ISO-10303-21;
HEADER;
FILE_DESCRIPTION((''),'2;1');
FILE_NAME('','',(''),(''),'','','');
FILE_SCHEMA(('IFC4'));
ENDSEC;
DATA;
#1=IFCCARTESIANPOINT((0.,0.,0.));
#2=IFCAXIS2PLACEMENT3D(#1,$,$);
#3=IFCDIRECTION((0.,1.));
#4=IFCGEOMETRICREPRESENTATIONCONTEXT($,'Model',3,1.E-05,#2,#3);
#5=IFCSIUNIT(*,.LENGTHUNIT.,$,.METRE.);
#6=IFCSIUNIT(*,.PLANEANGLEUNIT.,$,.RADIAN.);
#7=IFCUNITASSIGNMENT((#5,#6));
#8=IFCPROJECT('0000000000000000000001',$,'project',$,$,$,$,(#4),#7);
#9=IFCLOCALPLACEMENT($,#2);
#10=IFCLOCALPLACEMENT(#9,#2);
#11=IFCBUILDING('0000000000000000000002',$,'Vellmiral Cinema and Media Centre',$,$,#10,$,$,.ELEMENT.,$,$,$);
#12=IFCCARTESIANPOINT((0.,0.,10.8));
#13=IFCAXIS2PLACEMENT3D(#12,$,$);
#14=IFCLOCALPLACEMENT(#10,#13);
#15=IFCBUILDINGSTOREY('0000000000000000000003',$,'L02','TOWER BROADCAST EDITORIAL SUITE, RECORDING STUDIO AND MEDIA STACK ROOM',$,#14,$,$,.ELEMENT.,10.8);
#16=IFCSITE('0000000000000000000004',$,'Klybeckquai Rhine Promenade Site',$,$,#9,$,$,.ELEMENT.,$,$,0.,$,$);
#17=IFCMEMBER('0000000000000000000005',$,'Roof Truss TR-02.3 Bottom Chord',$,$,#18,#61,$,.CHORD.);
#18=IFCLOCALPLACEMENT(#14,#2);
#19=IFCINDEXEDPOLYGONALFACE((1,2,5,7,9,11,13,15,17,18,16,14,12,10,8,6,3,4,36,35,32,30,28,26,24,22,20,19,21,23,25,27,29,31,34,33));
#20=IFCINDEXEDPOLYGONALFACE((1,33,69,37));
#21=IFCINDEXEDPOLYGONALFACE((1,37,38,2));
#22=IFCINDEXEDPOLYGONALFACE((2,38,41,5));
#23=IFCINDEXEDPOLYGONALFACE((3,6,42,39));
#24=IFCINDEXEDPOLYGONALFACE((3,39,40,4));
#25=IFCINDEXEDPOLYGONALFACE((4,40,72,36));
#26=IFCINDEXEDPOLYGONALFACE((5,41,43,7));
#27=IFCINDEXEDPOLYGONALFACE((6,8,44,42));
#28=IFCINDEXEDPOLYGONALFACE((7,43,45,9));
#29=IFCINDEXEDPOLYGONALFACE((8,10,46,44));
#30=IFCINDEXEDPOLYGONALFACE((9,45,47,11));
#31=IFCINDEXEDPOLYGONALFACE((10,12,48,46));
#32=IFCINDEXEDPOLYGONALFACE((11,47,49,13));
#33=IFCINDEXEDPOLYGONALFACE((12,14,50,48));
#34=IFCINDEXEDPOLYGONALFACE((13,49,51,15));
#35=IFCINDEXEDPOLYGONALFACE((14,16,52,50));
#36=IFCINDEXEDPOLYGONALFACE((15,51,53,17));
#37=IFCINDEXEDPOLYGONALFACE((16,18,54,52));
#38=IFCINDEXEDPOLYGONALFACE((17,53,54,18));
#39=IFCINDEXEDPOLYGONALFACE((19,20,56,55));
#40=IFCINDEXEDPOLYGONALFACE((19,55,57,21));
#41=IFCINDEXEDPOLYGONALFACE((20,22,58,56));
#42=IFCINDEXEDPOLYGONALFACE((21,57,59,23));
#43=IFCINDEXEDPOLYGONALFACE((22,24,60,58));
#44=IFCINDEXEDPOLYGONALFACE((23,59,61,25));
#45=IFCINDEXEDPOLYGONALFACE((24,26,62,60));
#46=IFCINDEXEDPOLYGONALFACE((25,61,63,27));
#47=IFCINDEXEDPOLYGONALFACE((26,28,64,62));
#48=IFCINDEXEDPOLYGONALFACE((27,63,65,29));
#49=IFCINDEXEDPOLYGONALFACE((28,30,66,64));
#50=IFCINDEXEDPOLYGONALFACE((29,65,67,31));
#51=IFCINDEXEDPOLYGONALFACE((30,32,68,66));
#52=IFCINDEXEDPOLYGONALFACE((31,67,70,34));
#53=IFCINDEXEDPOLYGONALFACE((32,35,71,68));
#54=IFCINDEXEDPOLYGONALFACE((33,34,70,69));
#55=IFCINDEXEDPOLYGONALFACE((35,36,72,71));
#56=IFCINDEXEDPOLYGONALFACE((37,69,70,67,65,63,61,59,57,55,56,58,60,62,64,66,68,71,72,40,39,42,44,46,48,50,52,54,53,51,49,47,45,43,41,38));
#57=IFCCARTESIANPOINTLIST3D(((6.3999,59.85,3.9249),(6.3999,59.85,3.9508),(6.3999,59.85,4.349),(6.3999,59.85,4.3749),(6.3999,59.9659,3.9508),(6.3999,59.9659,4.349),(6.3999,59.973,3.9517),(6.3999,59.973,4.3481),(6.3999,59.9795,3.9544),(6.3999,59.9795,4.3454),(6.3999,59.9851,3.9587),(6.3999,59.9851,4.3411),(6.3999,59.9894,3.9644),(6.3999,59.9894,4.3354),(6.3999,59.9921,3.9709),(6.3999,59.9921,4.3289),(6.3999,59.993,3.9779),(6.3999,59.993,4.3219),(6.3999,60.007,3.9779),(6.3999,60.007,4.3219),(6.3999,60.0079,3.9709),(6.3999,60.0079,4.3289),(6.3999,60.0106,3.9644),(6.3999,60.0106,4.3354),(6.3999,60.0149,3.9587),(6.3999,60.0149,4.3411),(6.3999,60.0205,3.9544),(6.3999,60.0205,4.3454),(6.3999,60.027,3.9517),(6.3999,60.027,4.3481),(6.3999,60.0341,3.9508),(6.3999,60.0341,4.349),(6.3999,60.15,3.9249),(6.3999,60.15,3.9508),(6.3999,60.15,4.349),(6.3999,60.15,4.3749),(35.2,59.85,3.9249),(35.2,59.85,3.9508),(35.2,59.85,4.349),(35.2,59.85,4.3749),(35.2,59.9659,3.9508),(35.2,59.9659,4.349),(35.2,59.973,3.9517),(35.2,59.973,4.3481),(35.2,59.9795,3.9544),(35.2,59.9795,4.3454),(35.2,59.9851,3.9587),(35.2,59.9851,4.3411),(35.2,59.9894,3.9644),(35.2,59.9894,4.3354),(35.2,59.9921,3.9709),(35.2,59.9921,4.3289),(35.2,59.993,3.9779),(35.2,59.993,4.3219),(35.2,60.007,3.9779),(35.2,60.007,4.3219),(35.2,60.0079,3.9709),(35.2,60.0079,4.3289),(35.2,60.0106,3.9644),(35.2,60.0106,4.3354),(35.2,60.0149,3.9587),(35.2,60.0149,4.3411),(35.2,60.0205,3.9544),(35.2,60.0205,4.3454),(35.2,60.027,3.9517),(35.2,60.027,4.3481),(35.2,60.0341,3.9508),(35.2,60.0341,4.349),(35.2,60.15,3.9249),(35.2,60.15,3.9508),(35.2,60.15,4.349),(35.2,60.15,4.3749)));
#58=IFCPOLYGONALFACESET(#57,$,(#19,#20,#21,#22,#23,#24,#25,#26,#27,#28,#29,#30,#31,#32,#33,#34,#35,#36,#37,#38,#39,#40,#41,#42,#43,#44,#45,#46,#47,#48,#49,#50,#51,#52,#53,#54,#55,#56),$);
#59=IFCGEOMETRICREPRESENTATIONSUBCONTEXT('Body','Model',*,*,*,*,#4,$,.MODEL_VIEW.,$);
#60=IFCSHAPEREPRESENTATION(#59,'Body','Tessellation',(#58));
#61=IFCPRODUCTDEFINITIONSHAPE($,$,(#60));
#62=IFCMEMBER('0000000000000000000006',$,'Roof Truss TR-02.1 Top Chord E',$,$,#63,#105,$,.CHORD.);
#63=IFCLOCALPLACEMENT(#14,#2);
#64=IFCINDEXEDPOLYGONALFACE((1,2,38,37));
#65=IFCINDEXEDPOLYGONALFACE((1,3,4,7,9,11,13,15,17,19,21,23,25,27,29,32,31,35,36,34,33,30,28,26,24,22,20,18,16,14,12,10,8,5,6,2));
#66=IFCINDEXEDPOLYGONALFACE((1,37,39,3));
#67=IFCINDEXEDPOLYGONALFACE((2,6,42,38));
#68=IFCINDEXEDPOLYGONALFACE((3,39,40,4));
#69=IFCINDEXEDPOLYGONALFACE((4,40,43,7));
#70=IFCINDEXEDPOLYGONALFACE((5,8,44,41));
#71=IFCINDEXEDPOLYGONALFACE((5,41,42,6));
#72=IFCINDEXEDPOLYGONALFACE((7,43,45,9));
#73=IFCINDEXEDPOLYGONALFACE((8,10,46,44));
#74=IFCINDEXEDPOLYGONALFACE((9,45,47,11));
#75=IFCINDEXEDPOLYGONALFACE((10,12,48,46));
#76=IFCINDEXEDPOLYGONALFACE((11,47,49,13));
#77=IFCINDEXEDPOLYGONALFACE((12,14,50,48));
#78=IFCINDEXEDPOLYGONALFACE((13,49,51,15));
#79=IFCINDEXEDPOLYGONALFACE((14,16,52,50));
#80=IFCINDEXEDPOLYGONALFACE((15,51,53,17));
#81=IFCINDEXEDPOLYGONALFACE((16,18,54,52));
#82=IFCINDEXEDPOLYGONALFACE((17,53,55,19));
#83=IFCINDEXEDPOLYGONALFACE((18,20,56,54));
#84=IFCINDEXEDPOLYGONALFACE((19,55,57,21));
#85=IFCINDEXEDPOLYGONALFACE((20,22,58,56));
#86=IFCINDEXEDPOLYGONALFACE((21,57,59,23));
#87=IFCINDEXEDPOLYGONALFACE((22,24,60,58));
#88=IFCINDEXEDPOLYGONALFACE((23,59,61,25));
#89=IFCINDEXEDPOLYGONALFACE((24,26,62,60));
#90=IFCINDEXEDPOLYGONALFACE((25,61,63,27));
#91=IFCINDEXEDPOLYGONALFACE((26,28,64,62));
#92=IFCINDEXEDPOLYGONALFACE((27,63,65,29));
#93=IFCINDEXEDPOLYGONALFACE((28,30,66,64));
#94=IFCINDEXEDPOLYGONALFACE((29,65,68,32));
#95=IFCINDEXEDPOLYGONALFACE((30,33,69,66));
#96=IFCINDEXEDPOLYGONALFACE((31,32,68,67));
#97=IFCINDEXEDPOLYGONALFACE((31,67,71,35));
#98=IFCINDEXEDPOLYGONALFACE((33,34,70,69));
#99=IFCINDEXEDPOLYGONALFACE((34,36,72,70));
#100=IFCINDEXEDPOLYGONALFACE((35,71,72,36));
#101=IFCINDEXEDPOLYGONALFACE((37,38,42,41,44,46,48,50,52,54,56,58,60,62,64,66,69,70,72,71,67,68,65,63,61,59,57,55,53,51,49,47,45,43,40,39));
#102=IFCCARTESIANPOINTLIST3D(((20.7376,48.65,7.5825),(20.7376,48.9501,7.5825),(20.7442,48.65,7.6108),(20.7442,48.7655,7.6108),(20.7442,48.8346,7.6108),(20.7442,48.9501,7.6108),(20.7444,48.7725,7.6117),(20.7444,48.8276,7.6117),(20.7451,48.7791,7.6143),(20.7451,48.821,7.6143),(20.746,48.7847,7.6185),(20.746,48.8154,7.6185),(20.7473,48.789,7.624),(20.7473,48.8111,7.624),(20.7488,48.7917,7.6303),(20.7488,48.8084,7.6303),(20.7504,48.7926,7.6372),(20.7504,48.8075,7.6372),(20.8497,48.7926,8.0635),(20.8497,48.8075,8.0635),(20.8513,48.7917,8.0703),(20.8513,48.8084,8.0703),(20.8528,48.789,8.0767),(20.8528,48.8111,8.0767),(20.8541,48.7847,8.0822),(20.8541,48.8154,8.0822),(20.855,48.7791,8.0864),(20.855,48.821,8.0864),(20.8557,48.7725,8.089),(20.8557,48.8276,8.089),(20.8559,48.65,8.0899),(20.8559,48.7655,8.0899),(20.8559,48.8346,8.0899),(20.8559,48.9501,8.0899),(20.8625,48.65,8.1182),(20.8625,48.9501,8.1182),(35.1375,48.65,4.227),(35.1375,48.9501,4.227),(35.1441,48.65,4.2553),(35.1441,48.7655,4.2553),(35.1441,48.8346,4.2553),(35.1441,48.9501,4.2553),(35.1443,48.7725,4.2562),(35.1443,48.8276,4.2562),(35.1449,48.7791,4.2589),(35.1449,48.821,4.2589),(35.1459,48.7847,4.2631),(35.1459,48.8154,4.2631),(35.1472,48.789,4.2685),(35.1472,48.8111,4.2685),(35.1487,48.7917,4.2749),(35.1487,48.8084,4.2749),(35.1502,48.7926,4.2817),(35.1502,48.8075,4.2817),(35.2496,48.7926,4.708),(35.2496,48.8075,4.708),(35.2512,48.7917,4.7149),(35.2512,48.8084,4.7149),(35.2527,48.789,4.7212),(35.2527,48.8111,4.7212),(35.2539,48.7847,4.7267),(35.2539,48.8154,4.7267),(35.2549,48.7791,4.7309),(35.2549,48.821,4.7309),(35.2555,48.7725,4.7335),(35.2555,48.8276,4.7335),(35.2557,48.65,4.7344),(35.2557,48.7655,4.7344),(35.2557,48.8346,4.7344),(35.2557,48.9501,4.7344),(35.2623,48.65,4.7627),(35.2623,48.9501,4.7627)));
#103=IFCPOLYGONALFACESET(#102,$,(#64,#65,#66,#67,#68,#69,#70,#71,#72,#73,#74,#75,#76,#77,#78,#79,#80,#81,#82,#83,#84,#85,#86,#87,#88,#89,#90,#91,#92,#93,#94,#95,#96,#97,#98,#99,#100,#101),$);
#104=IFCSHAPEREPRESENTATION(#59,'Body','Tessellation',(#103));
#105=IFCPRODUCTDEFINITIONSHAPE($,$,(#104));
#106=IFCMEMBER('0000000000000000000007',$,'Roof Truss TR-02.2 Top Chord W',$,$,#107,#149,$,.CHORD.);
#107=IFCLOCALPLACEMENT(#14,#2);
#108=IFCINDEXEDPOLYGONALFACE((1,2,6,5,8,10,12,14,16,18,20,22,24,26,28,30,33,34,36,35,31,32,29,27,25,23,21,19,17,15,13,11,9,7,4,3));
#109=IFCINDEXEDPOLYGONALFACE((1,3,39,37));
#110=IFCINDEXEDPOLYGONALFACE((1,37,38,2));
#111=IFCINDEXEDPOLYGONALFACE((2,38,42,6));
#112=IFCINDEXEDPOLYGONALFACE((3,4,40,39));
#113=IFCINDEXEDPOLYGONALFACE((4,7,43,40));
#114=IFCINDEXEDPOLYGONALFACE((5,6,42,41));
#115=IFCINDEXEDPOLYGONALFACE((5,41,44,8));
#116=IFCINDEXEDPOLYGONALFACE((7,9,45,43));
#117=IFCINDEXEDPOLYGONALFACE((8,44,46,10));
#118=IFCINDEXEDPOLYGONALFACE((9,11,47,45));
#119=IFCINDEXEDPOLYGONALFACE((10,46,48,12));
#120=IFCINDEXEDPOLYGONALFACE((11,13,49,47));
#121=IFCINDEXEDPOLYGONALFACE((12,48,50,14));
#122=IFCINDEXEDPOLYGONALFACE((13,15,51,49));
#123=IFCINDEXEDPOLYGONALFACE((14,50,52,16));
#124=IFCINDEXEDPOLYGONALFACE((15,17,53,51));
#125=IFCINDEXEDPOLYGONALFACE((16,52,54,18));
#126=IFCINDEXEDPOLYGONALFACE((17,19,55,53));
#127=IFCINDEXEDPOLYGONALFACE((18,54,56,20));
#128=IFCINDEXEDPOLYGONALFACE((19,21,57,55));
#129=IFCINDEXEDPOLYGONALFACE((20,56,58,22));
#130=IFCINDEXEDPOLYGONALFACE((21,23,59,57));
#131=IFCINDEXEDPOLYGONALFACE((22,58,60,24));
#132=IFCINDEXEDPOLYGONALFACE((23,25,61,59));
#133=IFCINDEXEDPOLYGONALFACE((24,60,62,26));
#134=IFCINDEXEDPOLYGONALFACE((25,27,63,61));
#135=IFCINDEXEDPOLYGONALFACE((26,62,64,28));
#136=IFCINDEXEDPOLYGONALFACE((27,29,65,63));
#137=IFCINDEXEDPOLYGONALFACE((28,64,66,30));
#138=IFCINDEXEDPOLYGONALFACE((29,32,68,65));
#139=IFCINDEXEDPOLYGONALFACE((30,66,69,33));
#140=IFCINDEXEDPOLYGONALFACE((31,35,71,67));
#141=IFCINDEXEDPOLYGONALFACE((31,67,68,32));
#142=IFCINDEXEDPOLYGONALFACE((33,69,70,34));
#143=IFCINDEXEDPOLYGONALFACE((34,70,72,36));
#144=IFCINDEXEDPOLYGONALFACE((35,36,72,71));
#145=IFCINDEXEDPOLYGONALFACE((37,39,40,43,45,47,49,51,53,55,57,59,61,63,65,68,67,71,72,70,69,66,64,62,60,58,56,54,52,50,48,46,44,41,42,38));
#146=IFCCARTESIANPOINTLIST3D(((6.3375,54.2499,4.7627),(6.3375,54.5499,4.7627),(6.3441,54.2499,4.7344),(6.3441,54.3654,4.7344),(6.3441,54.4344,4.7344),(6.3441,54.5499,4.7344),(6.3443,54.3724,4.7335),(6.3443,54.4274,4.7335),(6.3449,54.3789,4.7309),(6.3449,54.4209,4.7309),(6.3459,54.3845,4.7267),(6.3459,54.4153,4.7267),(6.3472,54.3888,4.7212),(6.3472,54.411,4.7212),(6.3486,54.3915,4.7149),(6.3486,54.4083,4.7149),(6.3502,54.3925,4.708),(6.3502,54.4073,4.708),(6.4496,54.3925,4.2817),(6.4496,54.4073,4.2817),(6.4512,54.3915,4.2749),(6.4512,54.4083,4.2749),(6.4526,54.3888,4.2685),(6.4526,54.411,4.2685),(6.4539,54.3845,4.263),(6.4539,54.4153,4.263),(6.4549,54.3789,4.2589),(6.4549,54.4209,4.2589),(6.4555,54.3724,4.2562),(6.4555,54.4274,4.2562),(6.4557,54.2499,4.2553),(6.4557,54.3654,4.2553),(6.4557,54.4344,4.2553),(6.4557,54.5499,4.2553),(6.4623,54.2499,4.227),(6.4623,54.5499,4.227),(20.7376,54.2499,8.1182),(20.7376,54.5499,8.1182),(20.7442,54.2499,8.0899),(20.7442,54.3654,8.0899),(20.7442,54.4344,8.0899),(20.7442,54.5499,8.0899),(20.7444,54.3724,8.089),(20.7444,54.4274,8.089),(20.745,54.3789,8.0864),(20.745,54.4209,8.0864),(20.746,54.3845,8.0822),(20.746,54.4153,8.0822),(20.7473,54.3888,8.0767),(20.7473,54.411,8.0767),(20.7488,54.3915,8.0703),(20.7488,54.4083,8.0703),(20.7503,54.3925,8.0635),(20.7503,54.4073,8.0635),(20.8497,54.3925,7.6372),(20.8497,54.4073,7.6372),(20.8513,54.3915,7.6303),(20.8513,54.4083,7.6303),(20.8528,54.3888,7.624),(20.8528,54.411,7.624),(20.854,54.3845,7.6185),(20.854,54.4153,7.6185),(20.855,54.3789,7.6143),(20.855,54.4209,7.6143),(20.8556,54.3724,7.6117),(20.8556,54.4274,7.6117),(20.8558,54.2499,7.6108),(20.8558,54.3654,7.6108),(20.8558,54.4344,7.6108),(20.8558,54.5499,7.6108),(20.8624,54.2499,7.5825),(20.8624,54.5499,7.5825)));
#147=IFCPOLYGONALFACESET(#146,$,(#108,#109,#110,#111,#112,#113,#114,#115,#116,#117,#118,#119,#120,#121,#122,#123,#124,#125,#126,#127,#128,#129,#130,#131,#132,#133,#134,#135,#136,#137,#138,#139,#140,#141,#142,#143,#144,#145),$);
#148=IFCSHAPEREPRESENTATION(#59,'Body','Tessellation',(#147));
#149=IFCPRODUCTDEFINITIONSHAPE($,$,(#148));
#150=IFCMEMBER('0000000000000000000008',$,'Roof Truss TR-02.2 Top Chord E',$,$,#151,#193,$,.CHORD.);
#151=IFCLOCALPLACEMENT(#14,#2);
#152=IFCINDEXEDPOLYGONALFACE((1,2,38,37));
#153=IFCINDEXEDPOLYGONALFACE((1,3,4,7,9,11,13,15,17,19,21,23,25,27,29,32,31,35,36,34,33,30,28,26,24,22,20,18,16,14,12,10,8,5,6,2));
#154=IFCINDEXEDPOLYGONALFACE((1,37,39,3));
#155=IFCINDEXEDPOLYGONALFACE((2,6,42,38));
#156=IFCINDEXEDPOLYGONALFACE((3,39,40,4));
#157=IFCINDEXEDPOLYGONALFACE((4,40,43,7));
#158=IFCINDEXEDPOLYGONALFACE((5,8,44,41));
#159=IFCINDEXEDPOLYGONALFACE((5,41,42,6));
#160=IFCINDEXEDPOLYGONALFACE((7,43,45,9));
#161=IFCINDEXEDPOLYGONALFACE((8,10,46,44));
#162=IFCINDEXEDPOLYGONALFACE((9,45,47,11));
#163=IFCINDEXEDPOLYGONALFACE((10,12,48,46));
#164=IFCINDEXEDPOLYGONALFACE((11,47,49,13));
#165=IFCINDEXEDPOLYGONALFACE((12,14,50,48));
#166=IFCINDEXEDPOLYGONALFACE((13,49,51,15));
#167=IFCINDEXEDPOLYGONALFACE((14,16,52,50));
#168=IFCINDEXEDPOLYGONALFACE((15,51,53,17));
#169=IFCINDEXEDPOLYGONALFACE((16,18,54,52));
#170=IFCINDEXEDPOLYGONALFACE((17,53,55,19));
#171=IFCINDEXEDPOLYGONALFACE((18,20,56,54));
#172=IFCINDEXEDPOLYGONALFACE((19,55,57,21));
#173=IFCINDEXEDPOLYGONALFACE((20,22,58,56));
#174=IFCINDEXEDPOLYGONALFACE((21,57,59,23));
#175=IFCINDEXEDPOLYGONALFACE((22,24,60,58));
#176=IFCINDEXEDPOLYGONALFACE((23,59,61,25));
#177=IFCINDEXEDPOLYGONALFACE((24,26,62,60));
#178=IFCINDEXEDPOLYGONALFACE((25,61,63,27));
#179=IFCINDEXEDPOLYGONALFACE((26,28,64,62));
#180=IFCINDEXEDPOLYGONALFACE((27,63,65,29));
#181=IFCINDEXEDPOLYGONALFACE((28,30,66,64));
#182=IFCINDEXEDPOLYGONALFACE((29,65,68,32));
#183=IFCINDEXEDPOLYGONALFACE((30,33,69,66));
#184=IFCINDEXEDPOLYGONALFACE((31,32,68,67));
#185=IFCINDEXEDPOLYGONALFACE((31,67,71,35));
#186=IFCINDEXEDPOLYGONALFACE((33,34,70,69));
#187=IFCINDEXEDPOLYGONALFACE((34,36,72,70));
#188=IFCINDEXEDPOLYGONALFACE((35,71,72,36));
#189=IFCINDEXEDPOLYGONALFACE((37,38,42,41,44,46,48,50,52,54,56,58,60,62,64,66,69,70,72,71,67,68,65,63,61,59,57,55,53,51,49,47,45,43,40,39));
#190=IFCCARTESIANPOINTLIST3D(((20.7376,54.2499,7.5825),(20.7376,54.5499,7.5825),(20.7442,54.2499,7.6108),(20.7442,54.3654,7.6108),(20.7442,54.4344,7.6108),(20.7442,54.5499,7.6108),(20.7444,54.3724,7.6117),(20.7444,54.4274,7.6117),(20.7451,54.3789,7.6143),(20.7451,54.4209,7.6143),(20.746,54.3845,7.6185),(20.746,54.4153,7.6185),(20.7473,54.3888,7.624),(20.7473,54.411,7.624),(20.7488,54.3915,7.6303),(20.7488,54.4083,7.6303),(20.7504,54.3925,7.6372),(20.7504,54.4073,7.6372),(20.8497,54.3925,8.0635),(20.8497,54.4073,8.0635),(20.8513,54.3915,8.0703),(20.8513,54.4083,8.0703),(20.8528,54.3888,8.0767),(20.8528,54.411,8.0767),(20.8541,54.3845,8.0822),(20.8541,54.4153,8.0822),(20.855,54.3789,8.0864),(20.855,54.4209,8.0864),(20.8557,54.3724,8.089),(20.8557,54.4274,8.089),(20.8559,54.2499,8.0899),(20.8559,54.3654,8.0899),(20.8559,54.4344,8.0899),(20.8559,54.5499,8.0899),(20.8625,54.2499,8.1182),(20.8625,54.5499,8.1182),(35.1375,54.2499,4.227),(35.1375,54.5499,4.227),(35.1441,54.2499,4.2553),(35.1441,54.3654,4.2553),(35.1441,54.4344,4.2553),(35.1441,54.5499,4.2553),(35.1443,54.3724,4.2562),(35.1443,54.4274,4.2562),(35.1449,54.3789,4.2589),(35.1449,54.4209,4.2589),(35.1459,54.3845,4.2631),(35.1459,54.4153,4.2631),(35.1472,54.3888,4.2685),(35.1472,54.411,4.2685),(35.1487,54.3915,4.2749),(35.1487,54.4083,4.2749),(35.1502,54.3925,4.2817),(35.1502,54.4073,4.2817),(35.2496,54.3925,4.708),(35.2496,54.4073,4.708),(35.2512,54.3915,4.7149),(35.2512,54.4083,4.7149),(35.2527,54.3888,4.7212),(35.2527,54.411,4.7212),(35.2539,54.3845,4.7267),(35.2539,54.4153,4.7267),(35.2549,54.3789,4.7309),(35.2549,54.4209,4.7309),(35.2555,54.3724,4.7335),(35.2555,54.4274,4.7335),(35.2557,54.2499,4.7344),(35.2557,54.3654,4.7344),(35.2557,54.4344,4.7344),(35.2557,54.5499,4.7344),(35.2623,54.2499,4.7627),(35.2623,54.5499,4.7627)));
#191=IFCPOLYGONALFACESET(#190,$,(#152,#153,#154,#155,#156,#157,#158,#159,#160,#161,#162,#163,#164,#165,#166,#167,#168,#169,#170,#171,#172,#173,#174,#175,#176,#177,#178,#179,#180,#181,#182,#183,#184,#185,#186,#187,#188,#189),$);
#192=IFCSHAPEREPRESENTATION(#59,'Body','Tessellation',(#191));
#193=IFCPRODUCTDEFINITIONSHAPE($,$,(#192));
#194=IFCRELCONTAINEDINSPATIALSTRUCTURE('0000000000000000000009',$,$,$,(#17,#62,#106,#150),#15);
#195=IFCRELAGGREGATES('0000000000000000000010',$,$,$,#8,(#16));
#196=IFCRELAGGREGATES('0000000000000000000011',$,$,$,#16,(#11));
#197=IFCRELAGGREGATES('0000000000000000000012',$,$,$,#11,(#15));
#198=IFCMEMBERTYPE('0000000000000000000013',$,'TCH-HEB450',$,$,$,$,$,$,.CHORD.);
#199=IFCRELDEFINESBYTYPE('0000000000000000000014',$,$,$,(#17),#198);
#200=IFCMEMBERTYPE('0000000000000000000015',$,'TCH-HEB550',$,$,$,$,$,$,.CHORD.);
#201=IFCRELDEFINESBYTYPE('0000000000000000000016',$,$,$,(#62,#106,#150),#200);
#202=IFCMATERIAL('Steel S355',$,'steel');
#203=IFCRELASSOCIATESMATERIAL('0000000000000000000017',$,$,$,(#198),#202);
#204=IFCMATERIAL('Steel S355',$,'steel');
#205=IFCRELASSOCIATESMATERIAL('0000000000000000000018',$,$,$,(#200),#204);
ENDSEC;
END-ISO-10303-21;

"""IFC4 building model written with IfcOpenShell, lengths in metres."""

from ifc_helpers import new_model, si_unit, direction, frame, origin, origin_2d, place, context, subcontext, project, spatial, i_section, extrude, material, material_profile, profile_set, type_object, element, save


model = new_model("IFC4")

# Units and contexts
model_context = context("Model", 3, precision=1e-05, world=origin(), true_north=direction((0.0, 1.0)))
body_context = subcontext(model_context, "Body", "Model", "MODEL_VIEW")
ifc_project = project(units=[si_unit("LENGTHUNIT", "METRE"), si_unit("PLANEANGLEUNIT", "RADIAN")], contexts=[model_context])

# Site, building, storey
site_placement = place(None, origin())
site = spatial("IfcSite", under=ifc_project, at=site_placement, Name="Klybeckquai Rhine Promenade Site", CompositionType="ELEMENT", RefElevation=0.0)
building_placement = place(site_placement, origin())
building = spatial("IfcBuilding", under=site, at=building_placement, Name="Vellmiral Cinema and Media Centre", CompositionType="ELEMENT")
storey_placement = place(building_placement, frame((0.0, 0.0, 10.8)))
storey = spatial("IfcBuildingStorey", under=building, at=storey_placement, Name="L02", Description="TOWER BROADCAST EDITORIAL SUITE, RECORDING STUDIO AND MEDIA STACK ROOM", CompositionType="ELEMENT", Elevation=10.8)

# Members
ifc_material_1 = material(Name="Steel S355", Category="steel")
ifc_material_profile_1 = material_profile(ifc_material_1, i_section(OverallWidth=0.3, OverallDepth=0.45, WebThickness=0.0139, FlangeThickness=0.0259, FilletRadius=0.0271, at=origin_2d()), Name="HEB 450")
ifc_profile_set_1 = profile_set([ifc_material_profile_1], Name="Steel S355")
member_type_1 = type_object("IfcMemberType", Name="TCH-HEB450", PredefinedType="CHORD", material=ifc_profile_set_1)
for number, where, z_axis, x_axis, name in (
    (1, (6.3999, 60.0, 4.1499), (1.0, 0.0, 0.0), (0.0, 1.0, 0.0), "Roof Truss TR-02.3 Bottom Chord"),
):
    element("IfcMember", number, at=place(storey_placement, frame(where, z_axis=z_axis, x_axis=x_axis)), inside=storey, type_object=member_type_1, Name=name, PredefinedType="CHORD", context=body_context, shape_type="SweptSolid", body=[
        extrude(i_section(OverallWidth=0.3, OverallDepth=0.45, WebThickness=0.0139, FlangeThickness=0.0259, FilletRadius=0.0271, at=origin_2d()), origin(), (0.0, 0.0, 1.0), 28.8),
    ])
ifc_material_2 = material(Name="Steel S355", Category="steel")
ifc_material_profile_2 = material_profile(ifc_material_2, i_section(OverallWidth=0.3, OverallDepth=0.55, WebThickness=0.0149, FlangeThickness=0.0291, FilletRadius=0.0271, at=origin_2d()), Name="HEB 550")
ifc_profile_set_2 = profile_set([ifc_material_profile_2], Name="Steel S355")
member_type_2 = type_object("IfcMemberType", Name="TCH-HEB550", PredefinedType="CHORD", material=ifc_profile_set_2)
member_1_placement = place(storey_placement, frame((20.8, 48.8, 7.8503), z_axis=(0.973909, 0.0, -0.22694), x_axis=(0.0, 1.0, 0.0)))
element("IfcMember", 2, at=member_1_placement, inside=storey, type_object=member_type_2, Name="Roof Truss TR-02.1 Top Chord E", PredefinedType="CHORD", context=body_context, shape_type="SweptSolid", body=[
    extrude(i_section(OverallWidth=0.3, OverallDepth=0.55, WebThickness=0.0149, FlangeThickness=0.0291, FilletRadius=0.0271, at=origin_2d()), origin(), (0.0, 0.0, 1.0), 14.7856),
])
member_2_placement = place(storey_placement, frame((6.3999, 54.3999, 4.4949), z_axis=(0.973909, 0.0, 0.226937), x_axis=(0.0, 1.0, 0.0)))
element("IfcMember", 3, at=member_2_placement, inside=storey, type_object=member_type_2, Name="Roof Truss TR-02.2 Top Chord W", PredefinedType="CHORD", context=body_context, shape_type="SweptSolid", body=[
    extrude(i_section(OverallWidth=0.3, OverallDepth=0.55, WebThickness=0.0149, FlangeThickness=0.0291, FilletRadius=0.0271, at=origin_2d()), origin(), (0.0, 0.0, 1.0), 14.7859),
])
member_3_placement = place(storey_placement, frame((20.8, 54.3999, 7.8503), z_axis=(0.973909, 0.0, -0.22694), x_axis=(0.0, 1.0, 0.0)))
element("IfcMember", 4, at=member_3_placement, inside=storey, type_object=member_type_2, Name="Roof Truss TR-02.2 Top Chord E", PredefinedType="CHORD", context=body_context, shape_type="SweptSolid", body=[
    extrude(i_section(OverallWidth=0.3, OverallDepth=0.55, WebThickness=0.0149, FlangeThickness=0.0291, FilletRadius=0.0271, at=origin_2d()), origin(), (0.0, 0.0, 1.0), 14.7856),
])

save(model, "model.ifc")
